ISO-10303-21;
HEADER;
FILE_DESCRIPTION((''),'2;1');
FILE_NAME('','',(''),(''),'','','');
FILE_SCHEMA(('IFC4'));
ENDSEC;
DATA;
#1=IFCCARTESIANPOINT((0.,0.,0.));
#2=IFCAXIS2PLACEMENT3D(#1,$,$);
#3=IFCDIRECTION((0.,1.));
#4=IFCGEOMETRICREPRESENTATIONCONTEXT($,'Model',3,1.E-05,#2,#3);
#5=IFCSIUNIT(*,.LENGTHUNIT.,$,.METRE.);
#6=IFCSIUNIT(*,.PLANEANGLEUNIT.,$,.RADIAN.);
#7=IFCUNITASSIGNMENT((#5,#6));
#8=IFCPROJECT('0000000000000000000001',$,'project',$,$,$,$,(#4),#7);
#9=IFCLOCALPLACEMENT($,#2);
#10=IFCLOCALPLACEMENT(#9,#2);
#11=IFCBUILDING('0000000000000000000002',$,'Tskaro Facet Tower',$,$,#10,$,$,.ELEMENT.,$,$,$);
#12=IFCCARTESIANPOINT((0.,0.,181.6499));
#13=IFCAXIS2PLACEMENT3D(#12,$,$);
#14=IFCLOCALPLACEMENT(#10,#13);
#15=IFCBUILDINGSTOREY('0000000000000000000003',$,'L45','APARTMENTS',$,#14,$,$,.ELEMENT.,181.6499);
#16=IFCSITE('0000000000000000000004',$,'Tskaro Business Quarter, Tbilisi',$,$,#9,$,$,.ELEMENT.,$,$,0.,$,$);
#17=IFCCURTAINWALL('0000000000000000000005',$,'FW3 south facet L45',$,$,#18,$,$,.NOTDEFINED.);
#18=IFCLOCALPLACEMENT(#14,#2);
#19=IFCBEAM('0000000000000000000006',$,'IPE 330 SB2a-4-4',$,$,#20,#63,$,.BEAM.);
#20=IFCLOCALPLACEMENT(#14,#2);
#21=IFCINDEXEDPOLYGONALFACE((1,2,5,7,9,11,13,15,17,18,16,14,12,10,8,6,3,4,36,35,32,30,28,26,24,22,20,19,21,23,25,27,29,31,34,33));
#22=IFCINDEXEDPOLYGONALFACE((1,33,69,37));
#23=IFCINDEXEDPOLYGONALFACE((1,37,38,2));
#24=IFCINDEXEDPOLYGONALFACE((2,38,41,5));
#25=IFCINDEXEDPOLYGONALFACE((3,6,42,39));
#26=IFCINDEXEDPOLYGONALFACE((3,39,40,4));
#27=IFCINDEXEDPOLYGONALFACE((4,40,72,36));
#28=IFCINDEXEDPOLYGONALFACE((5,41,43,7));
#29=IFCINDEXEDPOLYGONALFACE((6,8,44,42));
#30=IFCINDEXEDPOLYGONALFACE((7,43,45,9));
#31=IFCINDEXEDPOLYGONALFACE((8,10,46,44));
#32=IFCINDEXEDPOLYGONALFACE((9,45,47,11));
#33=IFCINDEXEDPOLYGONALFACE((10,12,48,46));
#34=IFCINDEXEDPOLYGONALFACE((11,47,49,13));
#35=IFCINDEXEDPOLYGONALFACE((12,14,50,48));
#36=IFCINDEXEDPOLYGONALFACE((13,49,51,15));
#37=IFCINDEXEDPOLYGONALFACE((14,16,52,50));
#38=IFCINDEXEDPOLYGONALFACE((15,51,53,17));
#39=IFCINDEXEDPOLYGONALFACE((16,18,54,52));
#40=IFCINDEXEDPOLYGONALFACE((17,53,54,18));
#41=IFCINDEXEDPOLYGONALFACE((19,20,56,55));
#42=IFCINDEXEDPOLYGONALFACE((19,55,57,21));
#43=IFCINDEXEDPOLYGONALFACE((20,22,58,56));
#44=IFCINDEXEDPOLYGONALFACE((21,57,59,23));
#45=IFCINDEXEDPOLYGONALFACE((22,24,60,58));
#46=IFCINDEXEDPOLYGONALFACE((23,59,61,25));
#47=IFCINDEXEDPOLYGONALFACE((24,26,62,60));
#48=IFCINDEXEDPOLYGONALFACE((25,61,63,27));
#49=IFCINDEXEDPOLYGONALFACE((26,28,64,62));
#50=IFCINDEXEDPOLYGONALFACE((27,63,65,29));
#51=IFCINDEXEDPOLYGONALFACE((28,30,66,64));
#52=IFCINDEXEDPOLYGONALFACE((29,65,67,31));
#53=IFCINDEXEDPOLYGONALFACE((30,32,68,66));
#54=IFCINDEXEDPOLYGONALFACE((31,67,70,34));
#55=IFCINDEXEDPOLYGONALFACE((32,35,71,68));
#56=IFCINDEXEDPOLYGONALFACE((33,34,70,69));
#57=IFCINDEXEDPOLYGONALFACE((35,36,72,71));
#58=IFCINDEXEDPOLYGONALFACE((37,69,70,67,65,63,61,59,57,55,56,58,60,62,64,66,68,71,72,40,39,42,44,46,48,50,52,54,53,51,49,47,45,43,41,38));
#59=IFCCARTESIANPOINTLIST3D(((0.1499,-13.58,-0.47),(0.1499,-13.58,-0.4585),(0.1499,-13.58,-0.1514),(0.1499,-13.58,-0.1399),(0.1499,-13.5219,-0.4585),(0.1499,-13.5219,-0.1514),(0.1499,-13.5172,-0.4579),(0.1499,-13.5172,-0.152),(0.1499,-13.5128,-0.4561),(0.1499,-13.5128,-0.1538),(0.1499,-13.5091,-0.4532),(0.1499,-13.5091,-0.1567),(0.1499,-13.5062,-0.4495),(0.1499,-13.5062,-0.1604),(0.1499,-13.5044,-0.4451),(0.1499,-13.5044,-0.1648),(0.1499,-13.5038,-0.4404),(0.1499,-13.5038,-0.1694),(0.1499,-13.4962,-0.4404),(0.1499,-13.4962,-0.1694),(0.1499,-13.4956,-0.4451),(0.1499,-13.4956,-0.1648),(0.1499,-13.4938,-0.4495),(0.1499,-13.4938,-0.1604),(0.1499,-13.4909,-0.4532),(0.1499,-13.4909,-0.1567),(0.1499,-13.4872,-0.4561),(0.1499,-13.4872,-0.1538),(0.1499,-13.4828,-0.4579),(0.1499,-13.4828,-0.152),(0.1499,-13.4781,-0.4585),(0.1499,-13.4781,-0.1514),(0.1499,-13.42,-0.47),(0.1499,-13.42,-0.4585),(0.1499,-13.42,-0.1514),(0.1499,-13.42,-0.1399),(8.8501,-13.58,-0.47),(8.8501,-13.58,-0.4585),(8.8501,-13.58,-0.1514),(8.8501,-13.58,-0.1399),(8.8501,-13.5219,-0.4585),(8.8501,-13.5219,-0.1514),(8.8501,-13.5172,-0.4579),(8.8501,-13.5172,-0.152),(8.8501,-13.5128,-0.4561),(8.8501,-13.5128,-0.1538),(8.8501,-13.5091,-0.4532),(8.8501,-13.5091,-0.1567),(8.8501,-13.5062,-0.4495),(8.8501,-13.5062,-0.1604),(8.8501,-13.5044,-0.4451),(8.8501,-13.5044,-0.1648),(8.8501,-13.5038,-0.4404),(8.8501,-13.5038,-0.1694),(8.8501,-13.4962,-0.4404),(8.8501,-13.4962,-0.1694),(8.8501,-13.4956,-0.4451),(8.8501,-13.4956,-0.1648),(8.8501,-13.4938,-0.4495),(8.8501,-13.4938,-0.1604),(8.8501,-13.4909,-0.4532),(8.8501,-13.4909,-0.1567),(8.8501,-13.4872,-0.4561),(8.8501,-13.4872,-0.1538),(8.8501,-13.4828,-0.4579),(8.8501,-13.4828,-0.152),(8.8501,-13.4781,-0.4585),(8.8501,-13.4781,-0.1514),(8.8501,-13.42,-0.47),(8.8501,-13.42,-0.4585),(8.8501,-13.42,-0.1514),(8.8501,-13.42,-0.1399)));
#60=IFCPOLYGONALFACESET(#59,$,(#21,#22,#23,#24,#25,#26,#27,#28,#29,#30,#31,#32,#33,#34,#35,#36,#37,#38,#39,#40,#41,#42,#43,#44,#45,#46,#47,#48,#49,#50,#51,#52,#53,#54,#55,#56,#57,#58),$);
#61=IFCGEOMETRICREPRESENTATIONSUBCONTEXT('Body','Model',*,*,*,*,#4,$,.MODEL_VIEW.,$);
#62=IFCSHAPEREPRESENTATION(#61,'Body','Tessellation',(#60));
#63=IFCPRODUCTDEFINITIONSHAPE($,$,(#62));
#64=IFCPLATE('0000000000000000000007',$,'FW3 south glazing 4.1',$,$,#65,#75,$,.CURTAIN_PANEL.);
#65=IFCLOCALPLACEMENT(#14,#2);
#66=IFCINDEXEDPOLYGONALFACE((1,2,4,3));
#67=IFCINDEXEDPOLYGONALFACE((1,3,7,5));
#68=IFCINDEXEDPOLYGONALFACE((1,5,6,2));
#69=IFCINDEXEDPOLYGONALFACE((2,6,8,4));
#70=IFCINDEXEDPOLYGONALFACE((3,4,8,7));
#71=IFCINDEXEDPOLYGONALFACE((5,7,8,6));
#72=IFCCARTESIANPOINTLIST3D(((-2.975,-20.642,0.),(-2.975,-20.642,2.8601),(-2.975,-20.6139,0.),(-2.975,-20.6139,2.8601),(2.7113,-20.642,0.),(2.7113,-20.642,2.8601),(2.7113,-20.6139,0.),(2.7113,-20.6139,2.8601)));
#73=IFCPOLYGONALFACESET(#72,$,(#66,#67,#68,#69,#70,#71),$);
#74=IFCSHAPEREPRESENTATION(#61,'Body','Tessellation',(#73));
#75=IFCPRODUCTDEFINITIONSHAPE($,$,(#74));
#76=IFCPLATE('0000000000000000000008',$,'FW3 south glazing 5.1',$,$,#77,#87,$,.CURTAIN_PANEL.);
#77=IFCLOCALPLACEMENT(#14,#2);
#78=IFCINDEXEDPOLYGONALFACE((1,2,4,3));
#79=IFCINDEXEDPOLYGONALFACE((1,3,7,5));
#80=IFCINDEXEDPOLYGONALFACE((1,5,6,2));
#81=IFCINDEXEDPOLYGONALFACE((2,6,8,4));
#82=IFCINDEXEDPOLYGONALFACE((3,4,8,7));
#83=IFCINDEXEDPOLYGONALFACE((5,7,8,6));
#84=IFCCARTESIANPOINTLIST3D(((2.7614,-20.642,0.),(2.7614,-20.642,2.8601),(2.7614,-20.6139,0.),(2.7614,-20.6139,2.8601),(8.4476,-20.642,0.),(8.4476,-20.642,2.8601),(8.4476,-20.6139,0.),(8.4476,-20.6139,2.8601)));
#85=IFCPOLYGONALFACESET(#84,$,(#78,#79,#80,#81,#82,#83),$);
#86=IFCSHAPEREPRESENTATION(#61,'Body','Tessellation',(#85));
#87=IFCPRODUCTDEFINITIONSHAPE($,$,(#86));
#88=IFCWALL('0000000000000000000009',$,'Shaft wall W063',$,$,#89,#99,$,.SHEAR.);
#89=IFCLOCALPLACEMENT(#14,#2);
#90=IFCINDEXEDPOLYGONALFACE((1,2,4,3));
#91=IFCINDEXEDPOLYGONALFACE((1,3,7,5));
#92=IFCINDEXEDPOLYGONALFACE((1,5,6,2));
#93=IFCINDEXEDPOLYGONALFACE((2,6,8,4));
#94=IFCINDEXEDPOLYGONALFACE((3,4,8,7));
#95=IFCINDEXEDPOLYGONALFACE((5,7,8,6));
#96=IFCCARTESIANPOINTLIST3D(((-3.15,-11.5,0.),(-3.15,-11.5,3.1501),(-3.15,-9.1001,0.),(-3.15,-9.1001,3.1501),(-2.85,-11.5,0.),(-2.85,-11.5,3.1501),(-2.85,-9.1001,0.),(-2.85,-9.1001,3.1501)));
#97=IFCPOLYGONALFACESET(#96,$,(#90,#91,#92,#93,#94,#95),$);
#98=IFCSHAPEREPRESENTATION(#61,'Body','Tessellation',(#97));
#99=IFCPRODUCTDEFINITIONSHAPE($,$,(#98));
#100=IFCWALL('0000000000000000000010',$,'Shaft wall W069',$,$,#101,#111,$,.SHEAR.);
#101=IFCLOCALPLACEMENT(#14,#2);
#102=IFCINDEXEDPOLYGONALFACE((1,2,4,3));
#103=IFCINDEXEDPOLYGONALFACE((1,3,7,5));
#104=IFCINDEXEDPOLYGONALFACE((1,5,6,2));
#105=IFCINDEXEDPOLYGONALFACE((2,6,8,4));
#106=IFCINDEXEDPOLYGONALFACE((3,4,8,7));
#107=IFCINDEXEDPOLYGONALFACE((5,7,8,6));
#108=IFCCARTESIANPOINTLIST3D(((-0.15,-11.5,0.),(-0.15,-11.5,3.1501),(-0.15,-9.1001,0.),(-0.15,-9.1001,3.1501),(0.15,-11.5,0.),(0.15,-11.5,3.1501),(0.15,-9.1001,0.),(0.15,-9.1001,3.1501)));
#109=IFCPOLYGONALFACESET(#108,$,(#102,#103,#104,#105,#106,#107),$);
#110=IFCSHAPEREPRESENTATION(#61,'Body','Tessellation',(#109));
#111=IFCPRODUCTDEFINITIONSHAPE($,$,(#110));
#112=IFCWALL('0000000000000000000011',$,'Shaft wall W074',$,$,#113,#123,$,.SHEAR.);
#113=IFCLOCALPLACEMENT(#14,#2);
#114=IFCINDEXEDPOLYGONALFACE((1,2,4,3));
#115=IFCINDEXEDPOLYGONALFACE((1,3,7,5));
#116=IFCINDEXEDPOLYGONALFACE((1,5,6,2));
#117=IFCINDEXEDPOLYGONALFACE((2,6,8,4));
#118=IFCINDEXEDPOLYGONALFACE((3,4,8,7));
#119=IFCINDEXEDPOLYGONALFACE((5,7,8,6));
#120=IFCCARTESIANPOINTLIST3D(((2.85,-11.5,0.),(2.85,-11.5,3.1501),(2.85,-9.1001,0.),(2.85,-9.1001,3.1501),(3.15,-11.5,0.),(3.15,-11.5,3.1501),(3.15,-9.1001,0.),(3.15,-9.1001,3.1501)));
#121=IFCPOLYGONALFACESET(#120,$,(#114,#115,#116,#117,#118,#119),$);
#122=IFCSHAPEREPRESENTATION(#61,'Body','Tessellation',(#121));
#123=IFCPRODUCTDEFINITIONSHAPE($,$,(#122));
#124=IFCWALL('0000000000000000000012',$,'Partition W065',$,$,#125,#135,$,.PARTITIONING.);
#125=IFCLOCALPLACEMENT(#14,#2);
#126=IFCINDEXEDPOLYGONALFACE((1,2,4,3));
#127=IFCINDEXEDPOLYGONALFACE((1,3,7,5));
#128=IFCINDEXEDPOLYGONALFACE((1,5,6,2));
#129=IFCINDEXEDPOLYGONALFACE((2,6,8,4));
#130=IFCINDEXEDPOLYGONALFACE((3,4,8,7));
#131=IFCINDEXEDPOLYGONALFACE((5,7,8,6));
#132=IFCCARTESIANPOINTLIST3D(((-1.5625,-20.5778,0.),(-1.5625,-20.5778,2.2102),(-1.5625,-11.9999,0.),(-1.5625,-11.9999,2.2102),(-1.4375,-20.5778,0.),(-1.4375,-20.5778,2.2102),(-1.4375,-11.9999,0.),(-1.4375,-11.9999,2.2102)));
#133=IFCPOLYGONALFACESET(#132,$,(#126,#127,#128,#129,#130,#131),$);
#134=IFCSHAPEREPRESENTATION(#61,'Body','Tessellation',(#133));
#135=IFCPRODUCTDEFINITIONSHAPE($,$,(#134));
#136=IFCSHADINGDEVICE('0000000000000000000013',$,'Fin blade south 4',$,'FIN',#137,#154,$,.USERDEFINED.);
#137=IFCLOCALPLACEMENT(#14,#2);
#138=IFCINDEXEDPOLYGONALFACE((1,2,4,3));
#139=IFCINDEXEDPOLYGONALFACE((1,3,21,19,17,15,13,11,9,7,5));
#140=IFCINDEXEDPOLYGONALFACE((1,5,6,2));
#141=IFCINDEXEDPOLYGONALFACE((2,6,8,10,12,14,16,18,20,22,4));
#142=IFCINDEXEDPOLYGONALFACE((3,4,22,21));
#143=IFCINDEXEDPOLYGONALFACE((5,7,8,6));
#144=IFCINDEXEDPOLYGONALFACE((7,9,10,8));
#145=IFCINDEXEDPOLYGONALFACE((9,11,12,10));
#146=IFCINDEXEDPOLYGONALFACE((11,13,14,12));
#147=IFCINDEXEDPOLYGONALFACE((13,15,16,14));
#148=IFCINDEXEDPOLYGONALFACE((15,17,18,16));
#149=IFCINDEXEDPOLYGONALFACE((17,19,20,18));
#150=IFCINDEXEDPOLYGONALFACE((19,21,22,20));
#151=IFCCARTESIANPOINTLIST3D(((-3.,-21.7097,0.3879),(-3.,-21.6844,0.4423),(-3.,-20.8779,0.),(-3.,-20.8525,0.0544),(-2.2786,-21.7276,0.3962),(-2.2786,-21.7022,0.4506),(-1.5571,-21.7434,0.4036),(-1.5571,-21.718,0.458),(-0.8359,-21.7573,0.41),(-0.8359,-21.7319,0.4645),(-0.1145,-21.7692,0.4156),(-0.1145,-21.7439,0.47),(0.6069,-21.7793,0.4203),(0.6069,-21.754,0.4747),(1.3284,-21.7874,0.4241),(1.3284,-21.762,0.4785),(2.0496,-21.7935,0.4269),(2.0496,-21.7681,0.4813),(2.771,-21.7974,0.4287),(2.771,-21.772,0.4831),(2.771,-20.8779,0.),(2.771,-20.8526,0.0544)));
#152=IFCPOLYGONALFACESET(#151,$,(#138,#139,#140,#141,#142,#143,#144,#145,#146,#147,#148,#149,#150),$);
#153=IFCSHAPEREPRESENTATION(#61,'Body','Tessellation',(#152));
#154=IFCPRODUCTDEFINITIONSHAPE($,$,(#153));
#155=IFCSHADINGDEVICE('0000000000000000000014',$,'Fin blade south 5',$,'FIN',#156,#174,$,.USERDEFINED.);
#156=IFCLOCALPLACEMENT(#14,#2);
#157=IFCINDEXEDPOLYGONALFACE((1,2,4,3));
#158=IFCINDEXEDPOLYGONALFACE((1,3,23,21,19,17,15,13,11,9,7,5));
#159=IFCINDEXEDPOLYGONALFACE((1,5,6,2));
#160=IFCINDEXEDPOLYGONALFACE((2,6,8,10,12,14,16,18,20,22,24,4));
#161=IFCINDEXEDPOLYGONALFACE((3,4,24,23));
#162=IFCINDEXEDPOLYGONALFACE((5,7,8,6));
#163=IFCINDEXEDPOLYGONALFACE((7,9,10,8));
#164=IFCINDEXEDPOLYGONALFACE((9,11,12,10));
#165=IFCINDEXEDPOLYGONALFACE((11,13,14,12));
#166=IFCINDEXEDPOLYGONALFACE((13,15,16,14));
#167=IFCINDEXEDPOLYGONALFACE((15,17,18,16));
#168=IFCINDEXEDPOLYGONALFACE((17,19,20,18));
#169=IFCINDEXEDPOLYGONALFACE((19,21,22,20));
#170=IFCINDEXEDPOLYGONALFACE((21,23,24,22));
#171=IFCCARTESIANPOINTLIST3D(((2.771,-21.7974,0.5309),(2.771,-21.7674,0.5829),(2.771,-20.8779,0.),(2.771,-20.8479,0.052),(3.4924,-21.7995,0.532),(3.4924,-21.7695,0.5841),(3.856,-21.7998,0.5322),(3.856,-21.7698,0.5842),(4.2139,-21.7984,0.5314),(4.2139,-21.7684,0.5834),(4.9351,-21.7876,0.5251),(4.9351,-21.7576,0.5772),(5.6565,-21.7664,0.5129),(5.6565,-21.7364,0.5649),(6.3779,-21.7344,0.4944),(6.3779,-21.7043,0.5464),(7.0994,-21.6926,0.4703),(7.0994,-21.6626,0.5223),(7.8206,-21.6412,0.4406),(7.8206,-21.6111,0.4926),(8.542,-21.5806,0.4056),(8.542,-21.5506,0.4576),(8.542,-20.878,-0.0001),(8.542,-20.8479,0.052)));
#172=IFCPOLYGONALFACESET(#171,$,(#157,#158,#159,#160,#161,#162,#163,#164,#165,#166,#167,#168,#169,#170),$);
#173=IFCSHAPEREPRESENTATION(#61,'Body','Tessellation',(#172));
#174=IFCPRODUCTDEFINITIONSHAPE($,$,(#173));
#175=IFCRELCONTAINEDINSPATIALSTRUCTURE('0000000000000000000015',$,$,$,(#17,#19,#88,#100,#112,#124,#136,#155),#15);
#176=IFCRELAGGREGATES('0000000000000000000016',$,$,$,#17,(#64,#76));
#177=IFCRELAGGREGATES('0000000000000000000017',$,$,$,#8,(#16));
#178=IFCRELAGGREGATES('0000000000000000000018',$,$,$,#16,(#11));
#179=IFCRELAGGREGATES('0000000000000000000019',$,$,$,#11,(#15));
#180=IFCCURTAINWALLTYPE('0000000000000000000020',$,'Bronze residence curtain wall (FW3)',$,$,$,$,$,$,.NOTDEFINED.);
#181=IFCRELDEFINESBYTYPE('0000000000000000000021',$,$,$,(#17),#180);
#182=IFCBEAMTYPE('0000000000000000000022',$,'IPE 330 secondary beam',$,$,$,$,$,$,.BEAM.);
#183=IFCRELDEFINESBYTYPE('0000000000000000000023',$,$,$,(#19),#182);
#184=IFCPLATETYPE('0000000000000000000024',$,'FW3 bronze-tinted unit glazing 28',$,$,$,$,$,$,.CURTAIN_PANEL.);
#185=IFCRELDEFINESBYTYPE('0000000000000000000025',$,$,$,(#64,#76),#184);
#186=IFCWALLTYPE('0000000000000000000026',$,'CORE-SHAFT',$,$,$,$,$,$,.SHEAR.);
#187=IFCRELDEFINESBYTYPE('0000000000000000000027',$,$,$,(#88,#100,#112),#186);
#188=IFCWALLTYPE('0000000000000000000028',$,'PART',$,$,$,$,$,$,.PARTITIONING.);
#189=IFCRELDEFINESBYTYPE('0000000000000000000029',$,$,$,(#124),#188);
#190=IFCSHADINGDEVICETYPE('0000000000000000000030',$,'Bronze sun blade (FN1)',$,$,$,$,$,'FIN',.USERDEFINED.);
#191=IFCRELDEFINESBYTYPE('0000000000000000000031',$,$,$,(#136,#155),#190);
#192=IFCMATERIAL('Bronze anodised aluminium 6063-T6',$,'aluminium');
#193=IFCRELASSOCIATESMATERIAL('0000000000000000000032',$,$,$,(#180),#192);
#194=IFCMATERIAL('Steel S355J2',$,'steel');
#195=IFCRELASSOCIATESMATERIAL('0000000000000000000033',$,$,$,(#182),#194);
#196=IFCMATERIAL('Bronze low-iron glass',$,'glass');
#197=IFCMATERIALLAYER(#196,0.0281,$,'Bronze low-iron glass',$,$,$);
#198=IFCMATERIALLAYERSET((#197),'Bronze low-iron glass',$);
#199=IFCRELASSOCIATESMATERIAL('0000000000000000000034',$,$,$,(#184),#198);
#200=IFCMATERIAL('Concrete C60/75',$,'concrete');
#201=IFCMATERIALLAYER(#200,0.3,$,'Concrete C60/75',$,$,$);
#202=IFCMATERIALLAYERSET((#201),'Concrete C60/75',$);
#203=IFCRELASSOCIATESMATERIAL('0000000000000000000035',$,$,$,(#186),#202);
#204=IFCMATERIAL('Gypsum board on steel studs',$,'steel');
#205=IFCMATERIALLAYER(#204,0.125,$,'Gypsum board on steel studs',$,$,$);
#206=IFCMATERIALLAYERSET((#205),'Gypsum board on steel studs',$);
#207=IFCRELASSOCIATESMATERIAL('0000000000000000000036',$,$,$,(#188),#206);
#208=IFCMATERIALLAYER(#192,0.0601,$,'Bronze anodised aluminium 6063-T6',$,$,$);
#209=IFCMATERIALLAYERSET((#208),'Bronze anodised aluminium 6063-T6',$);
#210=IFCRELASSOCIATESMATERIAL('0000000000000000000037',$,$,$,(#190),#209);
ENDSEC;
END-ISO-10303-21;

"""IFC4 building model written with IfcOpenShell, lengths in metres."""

from ifc_helpers import new_model, si_unit, direction, frame, frame_2d, origin, origin_2d, place, context, subcontext, project, spatial, polyline, rectangle, i_section, outline, extrude, material, layer, layer_set, material_profile, profile_set, type_object, element, aggregate, save


model = new_model("IFC4")

# Units and contexts
model_context = context("Model", 3, precision=1e-05, world=origin(), true_north=direction((0.0, 1.0)))
body_context = subcontext(model_context, "Body", "Model", "MODEL_VIEW")
ifc_project = project(units=[si_unit("LENGTHUNIT", "METRE"), si_unit("PLANEANGLEUNIT", "RADIAN")], contexts=[model_context])

# Site, building, storey
site_placement = place(None, origin())
site = spatial("IfcSite", under=ifc_project, at=site_placement, Name="Tskaro Business Quarter, Tbilisi", CompositionType="ELEMENT", RefElevation=0.0)
building_placement = place(site_placement, origin())
building = spatial("IfcBuilding", under=site, at=building_placement, Name="Tskaro Facet Tower", CompositionType="ELEMENT")
storey_placement = place(building_placement, frame((0.0, 0.0, 181.6499)))
storey = spatial("IfcBuildingStorey", under=building, at=storey_placement, Name="L45", Description="APARTMENTS", CompositionType="ELEMENT", Elevation=181.6499)

# Curtain wall
ifc_material_1 = material(Name="Bronze anodised aluminium 6063-T6", Category="aluminium")
curtain_wall_type = type_object("IfcCurtainWallType", Name="Bronze residence curtain wall (FW3)", PredefinedType="NOTDEFINED", material=ifc_material_1)
curtain_wall_placement = place(storey_placement, origin())
curtain_wall = element("IfcCurtainWall", 1, at=curtain_wall_placement, inside=storey, type_object=curtain_wall_type, Name="FW3 south facet L45", PredefinedType="NOTDEFINED")

# Beam
ifc_material_2 = material(Name="Steel S355J2", Category="steel")
ifc_material_profile_1 = material_profile(ifc_material_2, i_section(OverallWidth=0.1599, OverallDepth=0.3301, WebThickness=0.0076, FlangeThickness=0.0115, FilletRadius=0.0181, at=origin_2d()), Name="IPE 330")
ifc_profile_set_1 = profile_set([ifc_material_profile_1], Name="Steel S355J2")
beam_type_1 = type_object("IfcBeamType", Name="IPE 330 secondary beam", PredefinedType="BEAM", material=ifc_profile_set_1)
beam_1_placement = place(storey_placement, frame((0.1499, -13.5, -0.3049), z_axis=(1.0, 0.0, 0.0), x_axis=(0.0, 1.0, 0.0)))
element("IfcBeam", 2, at=beam_1_placement, inside=storey, type_object=beam_type_1, Name="IPE 330 SB2a-4-4", PredefinedType="BEAM", context=body_context, shape_type="SweptSolid", body=[
    extrude(i_section(OverallWidth=0.1599, OverallDepth=0.3301, WebThickness=0.0076, FlangeThickness=0.0115, FilletRadius=0.0181, at=origin_2d()), origin(), (0.0, 0.0, 1.0), 8.7002),
])

# Plates
ifc_material_3 = material(Name="Bronze low-iron glass", Category="glass")
ifc_layer_1 = layer(ifc_material_3, 0.0281, Name="Bronze low-iron glass")
ifc_layer_set_1 = layer_set([ifc_layer_1], Name="Bronze low-iron glass")
plate_type = type_object("IfcPlateType", Name="FW3 bronze-tinted unit glazing 28", PredefinedType="CURTAIN_PANEL", material=ifc_layer_set_1)
plate_1_placement = place(storey_placement, frame((-0.1318, -20.6279, 0.0), z_axis=(0.0, 0.0, 1.0), x_axis=(1.0, 0.0, 0.0)))
plate_1 = element("IfcPlate", 3, at=plate_1_placement, type_object=plate_type, Name="FW3 south glazing 4.1", PredefinedType="CURTAIN_PANEL", context=body_context, shape_type="SweptSolid", body=[
    extrude(rectangle(XDim=5.6863, YDim=0.0281, at=origin_2d()), origin(), (0.0, 0.0, 1.0), 2.8601),
])
plate_2_placement = place(storey_placement, frame((5.6045, -20.6279, 0.0), z_axis=(0.0, 0.0, 1.0), x_axis=(1.0, 0.0, 0.0)))
plate_2 = element("IfcPlate", 4, at=plate_2_placement, type_object=plate_type, Name="FW3 south glazing 5.1", PredefinedType="CURTAIN_PANEL", context=body_context, shape_type="SweptSolid", body=[
    extrude(rectangle(XDim=5.6863, YDim=0.0281, at=origin_2d()), origin(), (0.0, 0.0, 1.0), 2.8601),
])
aggregate(curtain_wall, [plate_1, plate_2])

# Walls
ifc_material_4 = material(Name="Concrete C60/75", Category="concrete")
ifc_layer_2 = layer(ifc_material_4, 0.3, Name="Concrete C60/75")
ifc_layer_set_2 = layer_set([ifc_layer_2], Name="Concrete C60/75")
wall_type_1 = type_object("IfcWallType", Name="CORE-SHAFT", PredefinedType="SHEAR", material=ifc_layer_set_2)
for number, where, z_axis, x_axis, name in (
    (5, (-3.0, -11.5, 0.0), (0.0, 0.0, 1.0), (0.0, 1.0, 0.0), "Shaft wall W063"),
    (6, (0.0, -11.5, 0.0), (0.0, 0.0, 1.0), (0.0, 1.0, 0.0), "Shaft wall W069"),
    (7, (3.0, -11.5, 0.0), (0.0, 0.0, 1.0), (0.0, 1.0, 0.0), "Shaft wall W074"),
):
    element("IfcWall", number, at=place(storey_placement, frame(where, z_axis=z_axis, x_axis=x_axis)), inside=storey, type_object=wall_type_1, Name=name, PredefinedType="SHEAR", context=body_context, shape_type="SweptSolid", body=[
        extrude(rectangle(XDim=2.3999, YDim=0.3, at=frame_2d((1.2, 0.0))), origin(), (0.0, 0.0, 1.0), 3.1501),
    ])
ifc_material_5 = material(Name="Gypsum board on steel studs", Category="steel")
ifc_layer_3 = layer(ifc_material_5, 0.125, Name="Gypsum board on steel studs")
ifc_layer_set_3 = layer_set([ifc_layer_3], Name="Gypsum board on steel studs")
wall_type_2 = type_object("IfcWallType", Name="PART", PredefinedType="PARTITIONING", material=ifc_layer_set_3)
wall_placement = place(storey_placement, frame((-1.5, -20.5779, 0.0), z_axis=(0.0, 0.0, 1.0), x_axis=(0.0, 1.0, 0.0)))
element("IfcWall", 8, at=wall_placement, inside=storey, type_object=wall_type_2, Name="Partition W065", PredefinedType="PARTITIONING", context=body_context, shape_type="SweptSolid", body=[
    extrude(rectangle(XDim=8.5779, YDim=0.125, at=frame_2d((4.2891, 0.0))), origin(), (0.0, 0.0, 1.0), 2.2102),
])

# Shading devices
ifc_layer_4 = layer(ifc_material_1, 0.0601, Name="Bronze anodised aluminium 6063-T6")
ifc_layer_set_4 = layer_set([ifc_layer_4], Name="Bronze anodised aluminium 6063-T6")
shading_device_type = type_object("IfcShadingDeviceType", Name="Bronze sun blade (FN1)", ElementType="FIN", PredefinedType="USERDEFINED", material=ifc_layer_set_4)
shading_device_1_placement = place(storey_placement, frame((-3.0, -20.8525, 0.0544), z_axis=(0.000007, 0.422615, 0.906309), x_axis=(1.0, -0.000003, -0.000007)))
element("IfcShadingDevice", 9, at=shading_device_1_placement, inside=storey, type_object=shading_device_type, Name="Fin blade south 4", ObjectType="FIN", PredefinedType="USERDEFINED", context=body_context, shape_type="SweptSolid", body=[
    extrude(outline(polyline([(0.0, 0.0), (5.771, 0.0), (5.771, -1.0145), (5.0496, -1.0102), (4.3284, -1.0034), (3.6069, -0.9946), (2.8855, -0.9835), (2.1641, -0.9702), (1.4429, -0.9549), (0.7214, -0.9375), (0.0, -0.9178), (0.0, 0.0)])), origin(), (0.0, 0.0, -1.0), 0.0601),
])
shading_device_2_placement = place(storey_placement, frame((2.771, -20.8479, 0.052), z_axis=(0.000009, 0.499988, 0.866032), x_axis=(1.0, -0.000004, -0.000008)))
element("IfcShadingDevice", 10, at=shading_device_2_placement, inside=storey, type_object=shading_device_type, Name="Fin blade south 5", ObjectType="FIN", PredefinedType="USERDEFINED", context=body_context, shape_type="SweptSolid", body=[
    extrude(outline(polyline([(0.0, 0.0), (5.771, 0.0), (5.771, -0.8114), (5.0496, -0.8813), (4.3284, -0.9407), (3.6069, -0.9889), (2.8855, -1.0259), (2.1641, -1.0504), (1.4429, -1.0628), (1.085, -1.0645), (0.7214, -1.0641), (0.0, -1.0618), (0.0, 0.0)])), origin(), (0.0, 0.0, -1.0), 0.0601),
])

save(model, "model.ifc")
